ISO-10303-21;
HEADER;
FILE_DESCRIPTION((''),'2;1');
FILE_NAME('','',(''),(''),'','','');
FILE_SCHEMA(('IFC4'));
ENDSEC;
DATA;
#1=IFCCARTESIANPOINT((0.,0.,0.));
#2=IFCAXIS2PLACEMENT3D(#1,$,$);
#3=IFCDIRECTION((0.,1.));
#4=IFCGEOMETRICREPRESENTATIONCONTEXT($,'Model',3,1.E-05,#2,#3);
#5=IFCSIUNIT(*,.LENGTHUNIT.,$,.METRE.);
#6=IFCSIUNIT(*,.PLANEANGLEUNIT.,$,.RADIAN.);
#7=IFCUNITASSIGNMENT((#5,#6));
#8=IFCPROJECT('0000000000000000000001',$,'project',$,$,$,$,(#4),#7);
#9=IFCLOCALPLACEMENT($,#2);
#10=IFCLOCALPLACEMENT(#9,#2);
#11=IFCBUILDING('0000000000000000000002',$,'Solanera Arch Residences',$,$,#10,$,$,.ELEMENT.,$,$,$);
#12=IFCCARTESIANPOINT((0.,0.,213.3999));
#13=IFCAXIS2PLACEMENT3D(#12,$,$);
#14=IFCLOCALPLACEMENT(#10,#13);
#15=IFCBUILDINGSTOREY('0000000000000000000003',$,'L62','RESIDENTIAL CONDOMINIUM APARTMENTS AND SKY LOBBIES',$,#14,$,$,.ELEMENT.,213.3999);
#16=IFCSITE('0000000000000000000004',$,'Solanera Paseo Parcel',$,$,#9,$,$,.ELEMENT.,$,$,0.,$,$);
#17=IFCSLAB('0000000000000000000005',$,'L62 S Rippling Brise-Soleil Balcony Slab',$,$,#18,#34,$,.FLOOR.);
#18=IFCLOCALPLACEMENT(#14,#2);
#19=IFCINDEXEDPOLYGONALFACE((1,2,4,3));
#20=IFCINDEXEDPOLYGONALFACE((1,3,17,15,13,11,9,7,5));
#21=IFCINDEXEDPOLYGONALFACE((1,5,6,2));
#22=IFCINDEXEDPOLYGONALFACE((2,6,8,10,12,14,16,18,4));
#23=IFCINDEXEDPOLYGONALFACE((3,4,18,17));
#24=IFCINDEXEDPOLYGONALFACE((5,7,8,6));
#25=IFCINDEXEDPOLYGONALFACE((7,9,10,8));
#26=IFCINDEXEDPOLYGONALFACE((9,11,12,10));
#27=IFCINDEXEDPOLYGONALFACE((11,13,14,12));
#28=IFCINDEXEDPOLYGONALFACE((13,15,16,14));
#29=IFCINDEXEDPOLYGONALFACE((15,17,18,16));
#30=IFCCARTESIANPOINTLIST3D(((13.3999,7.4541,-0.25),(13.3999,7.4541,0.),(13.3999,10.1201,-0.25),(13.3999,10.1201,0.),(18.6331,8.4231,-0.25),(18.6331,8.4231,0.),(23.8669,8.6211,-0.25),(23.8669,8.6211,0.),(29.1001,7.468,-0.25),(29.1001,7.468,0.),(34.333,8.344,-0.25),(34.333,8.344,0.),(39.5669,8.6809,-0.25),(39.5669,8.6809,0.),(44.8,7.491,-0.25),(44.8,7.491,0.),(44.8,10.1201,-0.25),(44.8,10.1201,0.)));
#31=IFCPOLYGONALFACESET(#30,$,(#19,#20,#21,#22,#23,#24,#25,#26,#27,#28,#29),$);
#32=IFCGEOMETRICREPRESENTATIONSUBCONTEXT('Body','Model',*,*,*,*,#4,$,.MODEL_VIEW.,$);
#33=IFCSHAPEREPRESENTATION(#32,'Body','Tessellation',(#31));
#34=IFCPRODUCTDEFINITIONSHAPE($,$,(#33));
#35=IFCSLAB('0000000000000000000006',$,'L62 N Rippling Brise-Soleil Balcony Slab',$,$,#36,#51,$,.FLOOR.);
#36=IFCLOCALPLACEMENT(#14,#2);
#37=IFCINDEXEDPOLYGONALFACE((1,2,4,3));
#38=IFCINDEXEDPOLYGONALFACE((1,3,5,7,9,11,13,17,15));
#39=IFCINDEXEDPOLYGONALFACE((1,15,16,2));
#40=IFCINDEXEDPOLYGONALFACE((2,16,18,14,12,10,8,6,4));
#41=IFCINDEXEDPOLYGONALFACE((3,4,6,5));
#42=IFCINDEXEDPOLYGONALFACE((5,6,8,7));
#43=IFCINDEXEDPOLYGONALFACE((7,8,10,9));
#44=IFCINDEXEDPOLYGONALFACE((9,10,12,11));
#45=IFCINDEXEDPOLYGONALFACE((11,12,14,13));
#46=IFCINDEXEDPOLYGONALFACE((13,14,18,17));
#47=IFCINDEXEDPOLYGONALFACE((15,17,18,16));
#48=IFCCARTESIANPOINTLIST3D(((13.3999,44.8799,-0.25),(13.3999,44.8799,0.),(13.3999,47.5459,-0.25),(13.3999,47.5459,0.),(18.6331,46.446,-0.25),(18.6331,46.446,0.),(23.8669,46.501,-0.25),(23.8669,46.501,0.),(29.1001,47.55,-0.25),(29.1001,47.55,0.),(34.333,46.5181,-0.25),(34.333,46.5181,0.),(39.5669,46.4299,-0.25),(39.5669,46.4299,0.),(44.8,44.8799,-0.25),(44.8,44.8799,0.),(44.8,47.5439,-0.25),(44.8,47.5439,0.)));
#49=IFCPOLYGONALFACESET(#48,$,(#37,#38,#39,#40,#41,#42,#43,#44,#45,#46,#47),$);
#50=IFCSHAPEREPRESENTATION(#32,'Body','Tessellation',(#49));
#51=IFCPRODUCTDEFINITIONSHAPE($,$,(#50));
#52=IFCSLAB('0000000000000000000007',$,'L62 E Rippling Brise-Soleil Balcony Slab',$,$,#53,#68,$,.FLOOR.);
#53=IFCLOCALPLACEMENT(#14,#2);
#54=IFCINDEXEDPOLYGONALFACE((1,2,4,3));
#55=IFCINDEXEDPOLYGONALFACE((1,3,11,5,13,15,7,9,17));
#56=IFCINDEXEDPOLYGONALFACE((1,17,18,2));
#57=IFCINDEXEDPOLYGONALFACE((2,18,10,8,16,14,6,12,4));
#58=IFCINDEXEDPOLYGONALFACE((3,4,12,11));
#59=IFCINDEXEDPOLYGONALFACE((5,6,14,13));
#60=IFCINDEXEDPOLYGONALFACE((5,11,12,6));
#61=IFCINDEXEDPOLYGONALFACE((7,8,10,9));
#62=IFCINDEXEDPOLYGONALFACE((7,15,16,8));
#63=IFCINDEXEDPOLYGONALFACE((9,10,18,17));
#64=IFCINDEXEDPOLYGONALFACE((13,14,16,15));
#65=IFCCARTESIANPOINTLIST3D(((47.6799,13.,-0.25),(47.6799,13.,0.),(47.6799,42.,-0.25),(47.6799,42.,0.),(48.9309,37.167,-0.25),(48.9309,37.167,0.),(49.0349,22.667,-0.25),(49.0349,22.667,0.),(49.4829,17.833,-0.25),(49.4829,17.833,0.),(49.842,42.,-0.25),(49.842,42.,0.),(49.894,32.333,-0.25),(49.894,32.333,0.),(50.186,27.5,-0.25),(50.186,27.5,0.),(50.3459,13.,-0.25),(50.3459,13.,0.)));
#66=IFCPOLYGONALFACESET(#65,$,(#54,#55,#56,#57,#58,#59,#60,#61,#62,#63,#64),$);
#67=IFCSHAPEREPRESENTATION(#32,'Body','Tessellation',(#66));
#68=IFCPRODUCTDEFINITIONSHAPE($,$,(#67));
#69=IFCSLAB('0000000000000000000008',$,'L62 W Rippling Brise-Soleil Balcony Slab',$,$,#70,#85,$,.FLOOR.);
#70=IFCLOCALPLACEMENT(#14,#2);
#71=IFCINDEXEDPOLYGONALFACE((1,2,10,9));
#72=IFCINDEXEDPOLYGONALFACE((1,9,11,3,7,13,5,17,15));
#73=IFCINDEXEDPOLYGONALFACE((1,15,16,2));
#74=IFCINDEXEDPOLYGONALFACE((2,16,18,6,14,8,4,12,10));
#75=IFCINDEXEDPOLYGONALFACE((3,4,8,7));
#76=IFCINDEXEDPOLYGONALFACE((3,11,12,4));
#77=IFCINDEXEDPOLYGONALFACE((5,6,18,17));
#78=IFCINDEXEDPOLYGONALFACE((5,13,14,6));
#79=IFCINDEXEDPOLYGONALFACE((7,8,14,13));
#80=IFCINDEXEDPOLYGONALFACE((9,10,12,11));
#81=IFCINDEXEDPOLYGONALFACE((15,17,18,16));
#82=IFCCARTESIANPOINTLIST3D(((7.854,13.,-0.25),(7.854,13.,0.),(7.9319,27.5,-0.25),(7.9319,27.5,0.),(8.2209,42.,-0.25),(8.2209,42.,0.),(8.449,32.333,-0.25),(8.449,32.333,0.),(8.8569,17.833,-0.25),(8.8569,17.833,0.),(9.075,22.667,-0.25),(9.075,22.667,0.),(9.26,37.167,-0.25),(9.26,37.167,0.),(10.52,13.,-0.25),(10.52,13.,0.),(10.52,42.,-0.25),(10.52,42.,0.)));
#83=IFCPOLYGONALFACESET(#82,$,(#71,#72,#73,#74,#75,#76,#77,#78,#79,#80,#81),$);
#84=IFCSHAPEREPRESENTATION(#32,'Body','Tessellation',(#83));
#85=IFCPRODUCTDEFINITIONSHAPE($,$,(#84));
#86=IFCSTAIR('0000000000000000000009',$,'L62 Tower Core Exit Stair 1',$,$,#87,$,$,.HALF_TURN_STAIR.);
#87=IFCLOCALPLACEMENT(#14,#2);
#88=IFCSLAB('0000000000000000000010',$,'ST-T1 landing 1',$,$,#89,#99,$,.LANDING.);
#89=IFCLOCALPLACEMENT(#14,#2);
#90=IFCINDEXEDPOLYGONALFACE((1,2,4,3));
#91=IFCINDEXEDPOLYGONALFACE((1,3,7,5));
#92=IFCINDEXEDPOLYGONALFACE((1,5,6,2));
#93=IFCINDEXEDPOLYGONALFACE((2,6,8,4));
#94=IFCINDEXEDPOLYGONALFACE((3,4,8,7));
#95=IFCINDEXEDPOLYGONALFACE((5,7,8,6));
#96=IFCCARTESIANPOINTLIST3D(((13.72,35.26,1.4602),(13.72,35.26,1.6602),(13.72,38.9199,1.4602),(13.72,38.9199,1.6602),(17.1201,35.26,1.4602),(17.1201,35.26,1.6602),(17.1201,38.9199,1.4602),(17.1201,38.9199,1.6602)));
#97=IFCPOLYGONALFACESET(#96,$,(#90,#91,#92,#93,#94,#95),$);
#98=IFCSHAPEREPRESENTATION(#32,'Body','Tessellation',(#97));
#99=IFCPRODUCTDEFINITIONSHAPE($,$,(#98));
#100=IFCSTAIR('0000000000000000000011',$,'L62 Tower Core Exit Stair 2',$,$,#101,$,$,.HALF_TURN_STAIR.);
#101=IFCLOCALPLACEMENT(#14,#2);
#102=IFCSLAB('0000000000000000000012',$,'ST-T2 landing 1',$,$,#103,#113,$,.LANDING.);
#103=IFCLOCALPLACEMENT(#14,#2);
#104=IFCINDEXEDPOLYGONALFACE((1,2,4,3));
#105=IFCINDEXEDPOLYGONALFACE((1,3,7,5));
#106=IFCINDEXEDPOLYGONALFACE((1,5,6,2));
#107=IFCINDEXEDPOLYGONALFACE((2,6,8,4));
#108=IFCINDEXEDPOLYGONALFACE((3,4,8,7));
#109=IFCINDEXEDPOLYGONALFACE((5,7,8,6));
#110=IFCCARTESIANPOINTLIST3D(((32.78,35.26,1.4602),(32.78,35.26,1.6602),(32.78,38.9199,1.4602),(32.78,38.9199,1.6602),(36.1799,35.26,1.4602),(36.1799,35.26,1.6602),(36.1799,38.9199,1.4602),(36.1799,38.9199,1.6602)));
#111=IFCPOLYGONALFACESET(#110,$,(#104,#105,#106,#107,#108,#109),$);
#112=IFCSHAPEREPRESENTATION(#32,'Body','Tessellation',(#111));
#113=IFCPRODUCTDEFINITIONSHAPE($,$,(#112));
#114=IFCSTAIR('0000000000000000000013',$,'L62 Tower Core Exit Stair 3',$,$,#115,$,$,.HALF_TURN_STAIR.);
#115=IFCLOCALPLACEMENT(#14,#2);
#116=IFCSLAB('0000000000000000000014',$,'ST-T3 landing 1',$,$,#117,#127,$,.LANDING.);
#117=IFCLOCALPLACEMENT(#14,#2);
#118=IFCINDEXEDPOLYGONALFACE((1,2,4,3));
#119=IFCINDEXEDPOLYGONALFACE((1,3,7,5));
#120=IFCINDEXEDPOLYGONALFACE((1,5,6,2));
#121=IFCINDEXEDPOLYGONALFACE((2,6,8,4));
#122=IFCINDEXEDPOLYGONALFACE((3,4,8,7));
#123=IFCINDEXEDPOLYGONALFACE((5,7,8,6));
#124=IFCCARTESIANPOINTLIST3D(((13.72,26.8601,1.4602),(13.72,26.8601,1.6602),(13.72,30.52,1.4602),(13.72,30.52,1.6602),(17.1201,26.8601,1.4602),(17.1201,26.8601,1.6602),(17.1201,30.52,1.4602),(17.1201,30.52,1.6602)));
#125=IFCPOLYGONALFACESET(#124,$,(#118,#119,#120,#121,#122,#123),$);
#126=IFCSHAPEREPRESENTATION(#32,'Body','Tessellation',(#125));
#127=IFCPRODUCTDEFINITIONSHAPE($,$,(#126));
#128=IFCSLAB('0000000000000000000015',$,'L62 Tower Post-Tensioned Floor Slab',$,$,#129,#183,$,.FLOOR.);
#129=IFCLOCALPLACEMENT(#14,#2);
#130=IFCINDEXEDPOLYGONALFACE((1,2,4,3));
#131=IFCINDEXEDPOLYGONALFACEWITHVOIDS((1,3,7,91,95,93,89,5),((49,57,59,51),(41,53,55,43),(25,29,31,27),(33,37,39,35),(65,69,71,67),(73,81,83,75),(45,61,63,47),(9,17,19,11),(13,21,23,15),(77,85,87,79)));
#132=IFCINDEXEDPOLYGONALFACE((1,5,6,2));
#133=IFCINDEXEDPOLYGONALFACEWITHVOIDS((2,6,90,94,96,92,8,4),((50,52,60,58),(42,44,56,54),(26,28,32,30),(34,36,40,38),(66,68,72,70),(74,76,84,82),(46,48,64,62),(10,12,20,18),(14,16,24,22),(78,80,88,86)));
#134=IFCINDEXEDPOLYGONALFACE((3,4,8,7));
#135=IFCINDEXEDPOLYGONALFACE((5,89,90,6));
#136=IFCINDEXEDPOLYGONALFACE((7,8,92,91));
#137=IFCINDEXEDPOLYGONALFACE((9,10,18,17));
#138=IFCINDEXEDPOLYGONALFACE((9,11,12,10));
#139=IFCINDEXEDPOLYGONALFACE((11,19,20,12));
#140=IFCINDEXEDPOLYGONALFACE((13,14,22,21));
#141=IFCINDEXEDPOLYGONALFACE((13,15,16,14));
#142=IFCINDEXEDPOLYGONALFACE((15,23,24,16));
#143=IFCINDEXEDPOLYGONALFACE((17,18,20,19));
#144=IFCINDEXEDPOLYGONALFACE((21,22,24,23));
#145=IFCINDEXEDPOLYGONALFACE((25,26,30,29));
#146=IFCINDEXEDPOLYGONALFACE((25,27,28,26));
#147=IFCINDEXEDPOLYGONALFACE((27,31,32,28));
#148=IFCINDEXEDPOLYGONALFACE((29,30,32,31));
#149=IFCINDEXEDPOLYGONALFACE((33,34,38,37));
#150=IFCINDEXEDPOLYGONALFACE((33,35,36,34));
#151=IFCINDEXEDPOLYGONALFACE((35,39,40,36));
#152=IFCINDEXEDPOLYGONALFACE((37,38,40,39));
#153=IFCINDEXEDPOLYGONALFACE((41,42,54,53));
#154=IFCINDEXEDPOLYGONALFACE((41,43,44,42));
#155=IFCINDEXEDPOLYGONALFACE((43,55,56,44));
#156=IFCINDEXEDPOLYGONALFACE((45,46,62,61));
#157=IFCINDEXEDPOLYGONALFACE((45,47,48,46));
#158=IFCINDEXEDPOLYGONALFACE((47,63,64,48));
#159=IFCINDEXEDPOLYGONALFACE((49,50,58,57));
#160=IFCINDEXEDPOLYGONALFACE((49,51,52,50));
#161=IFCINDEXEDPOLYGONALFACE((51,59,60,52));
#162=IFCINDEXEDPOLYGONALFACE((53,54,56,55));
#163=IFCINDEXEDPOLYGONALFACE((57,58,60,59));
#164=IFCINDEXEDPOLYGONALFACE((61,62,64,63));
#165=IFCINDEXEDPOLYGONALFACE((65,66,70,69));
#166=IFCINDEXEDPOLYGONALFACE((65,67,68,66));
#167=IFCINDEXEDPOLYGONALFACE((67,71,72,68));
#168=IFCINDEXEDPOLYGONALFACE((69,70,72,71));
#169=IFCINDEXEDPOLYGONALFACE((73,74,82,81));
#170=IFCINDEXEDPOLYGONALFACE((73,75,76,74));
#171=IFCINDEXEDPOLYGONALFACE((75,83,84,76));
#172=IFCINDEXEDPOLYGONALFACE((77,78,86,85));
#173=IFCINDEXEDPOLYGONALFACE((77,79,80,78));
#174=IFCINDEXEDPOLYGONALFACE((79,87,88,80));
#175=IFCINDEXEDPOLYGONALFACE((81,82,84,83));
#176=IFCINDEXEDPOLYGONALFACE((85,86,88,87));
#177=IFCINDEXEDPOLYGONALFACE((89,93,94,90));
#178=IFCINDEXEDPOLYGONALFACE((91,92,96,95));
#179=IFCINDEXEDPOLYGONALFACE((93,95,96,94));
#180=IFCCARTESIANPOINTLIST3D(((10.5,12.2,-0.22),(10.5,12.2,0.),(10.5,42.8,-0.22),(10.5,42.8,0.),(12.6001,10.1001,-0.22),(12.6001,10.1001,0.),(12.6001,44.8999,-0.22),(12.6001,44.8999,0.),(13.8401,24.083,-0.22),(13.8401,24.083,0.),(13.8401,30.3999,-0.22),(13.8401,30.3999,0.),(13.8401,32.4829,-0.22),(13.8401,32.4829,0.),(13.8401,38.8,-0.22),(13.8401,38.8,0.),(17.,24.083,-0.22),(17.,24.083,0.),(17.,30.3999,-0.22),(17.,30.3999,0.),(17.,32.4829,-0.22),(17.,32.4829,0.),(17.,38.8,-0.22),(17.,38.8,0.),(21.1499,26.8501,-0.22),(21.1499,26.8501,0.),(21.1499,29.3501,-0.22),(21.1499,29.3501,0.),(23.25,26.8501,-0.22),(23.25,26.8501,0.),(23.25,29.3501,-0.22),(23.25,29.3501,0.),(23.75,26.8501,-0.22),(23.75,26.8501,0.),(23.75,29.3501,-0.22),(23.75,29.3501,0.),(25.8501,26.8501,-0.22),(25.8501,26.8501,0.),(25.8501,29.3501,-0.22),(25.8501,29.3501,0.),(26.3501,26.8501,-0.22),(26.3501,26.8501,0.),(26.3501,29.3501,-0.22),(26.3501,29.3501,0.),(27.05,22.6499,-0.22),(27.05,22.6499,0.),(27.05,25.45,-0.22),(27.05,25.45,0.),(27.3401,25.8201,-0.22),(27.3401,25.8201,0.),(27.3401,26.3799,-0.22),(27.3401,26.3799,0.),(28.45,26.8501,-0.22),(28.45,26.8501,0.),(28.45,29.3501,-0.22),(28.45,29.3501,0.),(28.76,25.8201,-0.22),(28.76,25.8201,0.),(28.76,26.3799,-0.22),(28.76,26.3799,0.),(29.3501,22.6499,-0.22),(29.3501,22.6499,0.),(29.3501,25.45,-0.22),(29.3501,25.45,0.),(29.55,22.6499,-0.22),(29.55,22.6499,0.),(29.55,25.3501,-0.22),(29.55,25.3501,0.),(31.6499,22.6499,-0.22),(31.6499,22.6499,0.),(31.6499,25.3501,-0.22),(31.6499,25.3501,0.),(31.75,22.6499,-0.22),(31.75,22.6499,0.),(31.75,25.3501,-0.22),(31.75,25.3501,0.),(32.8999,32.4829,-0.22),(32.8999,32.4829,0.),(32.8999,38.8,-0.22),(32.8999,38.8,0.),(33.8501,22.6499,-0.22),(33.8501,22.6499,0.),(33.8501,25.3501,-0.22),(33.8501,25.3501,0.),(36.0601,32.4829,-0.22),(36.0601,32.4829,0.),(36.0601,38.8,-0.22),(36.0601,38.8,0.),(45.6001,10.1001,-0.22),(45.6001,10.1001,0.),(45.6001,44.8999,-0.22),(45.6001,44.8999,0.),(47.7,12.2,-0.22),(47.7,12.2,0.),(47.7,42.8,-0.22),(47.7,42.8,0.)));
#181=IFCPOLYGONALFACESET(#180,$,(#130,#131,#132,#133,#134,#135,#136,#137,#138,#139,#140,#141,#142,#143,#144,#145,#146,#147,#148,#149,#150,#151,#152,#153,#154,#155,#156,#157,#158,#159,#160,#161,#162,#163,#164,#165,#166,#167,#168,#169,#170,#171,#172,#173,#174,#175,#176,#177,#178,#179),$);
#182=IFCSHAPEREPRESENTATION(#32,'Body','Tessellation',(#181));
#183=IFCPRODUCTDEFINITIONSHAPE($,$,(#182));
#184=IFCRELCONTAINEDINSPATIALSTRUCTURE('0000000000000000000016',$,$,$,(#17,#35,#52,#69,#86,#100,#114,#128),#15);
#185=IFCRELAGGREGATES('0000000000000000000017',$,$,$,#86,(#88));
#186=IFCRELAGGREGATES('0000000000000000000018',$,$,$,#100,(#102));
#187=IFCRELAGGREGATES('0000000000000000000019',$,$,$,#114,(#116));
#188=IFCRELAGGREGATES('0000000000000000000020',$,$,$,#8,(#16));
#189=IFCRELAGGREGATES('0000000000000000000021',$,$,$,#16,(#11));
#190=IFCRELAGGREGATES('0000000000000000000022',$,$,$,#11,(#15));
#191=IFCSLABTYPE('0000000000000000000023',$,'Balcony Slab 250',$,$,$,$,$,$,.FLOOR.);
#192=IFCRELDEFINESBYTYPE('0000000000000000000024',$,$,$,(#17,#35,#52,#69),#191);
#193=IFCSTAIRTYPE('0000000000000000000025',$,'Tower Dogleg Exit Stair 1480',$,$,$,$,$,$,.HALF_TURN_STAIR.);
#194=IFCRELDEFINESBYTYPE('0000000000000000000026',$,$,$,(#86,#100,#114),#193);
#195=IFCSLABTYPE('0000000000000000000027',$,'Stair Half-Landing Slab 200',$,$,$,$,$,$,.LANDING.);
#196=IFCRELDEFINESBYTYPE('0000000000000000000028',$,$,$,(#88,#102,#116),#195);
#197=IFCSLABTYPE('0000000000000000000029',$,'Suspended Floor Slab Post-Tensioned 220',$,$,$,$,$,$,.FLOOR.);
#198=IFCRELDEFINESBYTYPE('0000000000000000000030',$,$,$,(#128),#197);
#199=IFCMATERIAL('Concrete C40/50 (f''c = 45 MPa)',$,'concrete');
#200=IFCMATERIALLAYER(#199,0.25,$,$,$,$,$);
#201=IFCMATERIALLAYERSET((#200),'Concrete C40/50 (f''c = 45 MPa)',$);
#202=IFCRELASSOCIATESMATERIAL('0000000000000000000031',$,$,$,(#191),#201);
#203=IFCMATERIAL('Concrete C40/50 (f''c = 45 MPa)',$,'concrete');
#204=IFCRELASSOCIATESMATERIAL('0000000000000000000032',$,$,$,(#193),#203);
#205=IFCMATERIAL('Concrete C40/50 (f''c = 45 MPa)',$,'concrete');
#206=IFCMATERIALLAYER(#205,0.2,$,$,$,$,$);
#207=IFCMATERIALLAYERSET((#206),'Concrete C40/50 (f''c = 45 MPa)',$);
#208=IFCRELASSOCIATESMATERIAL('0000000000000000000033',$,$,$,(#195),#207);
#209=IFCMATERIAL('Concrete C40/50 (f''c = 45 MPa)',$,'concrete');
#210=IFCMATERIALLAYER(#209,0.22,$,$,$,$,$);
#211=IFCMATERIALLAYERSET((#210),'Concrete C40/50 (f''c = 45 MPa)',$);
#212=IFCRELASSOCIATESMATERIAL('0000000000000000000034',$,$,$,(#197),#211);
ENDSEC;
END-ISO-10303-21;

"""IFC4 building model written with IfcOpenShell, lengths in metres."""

from ifc_helpers import new_model, si_unit, direction, frame, origin, place, context, subcontext, project, spatial, polyline, outline, extrude, material, layer, layer_set, type_object, element, aggregate, save


model = new_model("IFC4")

# Units and contexts
model_context = context("Model", 3, precision=1e-05, world=origin(), true_north=direction((0.0, 1.0)))
body_context = subcontext(model_context, "Body", "Model", "MODEL_VIEW")
ifc_project = project(units=[si_unit("LENGTHUNIT", "METRE"), si_unit("PLANEANGLEUNIT", "RADIAN")], contexts=[model_context])

# Site, building, storey
site_placement = place(None, origin())
site = spatial("IfcSite", under=ifc_project, at=site_placement, Name="Solanera Paseo Parcel", CompositionType="ELEMENT", RefElevation=0.0)
building_placement = place(site_placement, origin())
building = spatial("IfcBuilding", under=site, at=building_placement, Name="Solanera Arch Residences", CompositionType="ELEMENT")
storey_placement = place(building_placement, frame((0.0, 0.0, 213.3999)))
storey = spatial("IfcBuildingStorey", under=building, at=storey_placement, Name="L62", Description="RESIDENTIAL CONDOMINIUM APARTMENTS AND SKY LOBBIES", CompositionType="ELEMENT", Elevation=213.3999)

# Slabs
ifc_material_1 = material(Name="Concrete C40/50 (f'c = 45 MPa)", Category="concrete")
ifc_layer_1 = layer(ifc_material_1, 0.25)
ifc_layer_set_1 = layer_set([ifc_layer_1], Name="Concrete C40/50 (f'c = 45 MPa)")
slab_type_1 = type_object("IfcSlabType", Name="Balcony Slab 250", PredefinedType="FLOOR", material=ifc_layer_set_1)
slab_1_placement = place(storey_placement, frame((0.0, 0.0, -0.25)))
element("IfcSlab", 1, at=slab_1_placement, inside=storey, type_object=slab_type_1, Name="L62 S Rippling Brise-Soleil Balcony Slab", PredefinedType="FLOOR", context=body_context, shape_type="SweptSolid", body=[
    extrude(outline(polyline([(13.3999, 7.4541), (18.6331, 8.4231), (23.8669, 8.6211), (29.1001, 7.468), (34.333, 8.344), (39.5669, 8.6809), (44.8, 7.491), (44.8, 10.1201), (13.3999, 10.1201), (13.3999, 7.4541)])), origin(), (0.0, 0.0, 1.0), 0.25),
])
slab_2_placement = place(storey_placement, frame((0.0, 0.0, -0.25)))
element("IfcSlab", 2, at=slab_2_placement, inside=storey, type_object=slab_type_1, Name="L62 N Rippling Brise-Soleil Balcony Slab", PredefinedType="FLOOR", context=body_context, shape_type="SweptSolid", body=[
    extrude(outline(polyline([(44.8, 47.5439), (39.5669, 46.4299), (34.333, 46.5181), (29.1001, 47.55), (23.8669, 46.501), (18.6331, 46.446), (13.3999, 47.5459), (13.3999, 44.8799), (44.8, 44.8799), (44.8, 47.5439)])), origin(), (0.0, 0.0, 1.0), 0.25),
])
slab_3_placement = place(storey_placement, frame((0.0, 0.0, -0.25)))
element("IfcSlab", 3, at=slab_3_placement, inside=storey, type_object=slab_type_1, Name="L62 E Rippling Brise-Soleil Balcony Slab", PredefinedType="FLOOR", context=body_context, shape_type="SweptSolid", body=[
    extrude(outline(polyline([(50.3459, 13.0), (49.4829, 17.833), (49.0349, 22.667), (50.186, 27.5), (49.894, 32.333), (48.9309, 37.167), (49.842, 42.0), (47.6799, 42.0), (47.6799, 13.0), (50.3459, 13.0)])), origin(), (0.0, 0.0, 1.0), 0.25),
])
slab_4_placement = place(storey_placement, frame((0.0, 0.0, -0.25)))
element("IfcSlab", 4, at=slab_4_placement, inside=storey, type_object=slab_type_1, Name="L62 W Rippling Brise-Soleil Balcony Slab", PredefinedType="FLOOR", context=body_context, shape_type="SweptSolid", body=[
    extrude(outline(polyline([(8.2209, 42.0), (9.26, 37.167), (8.449, 32.333), (7.9319, 27.5), (9.075, 22.667), (8.8569, 17.833), (7.854, 13.0), (10.52, 13.0), (10.52, 42.0), (8.2209, 42.0)])), origin(), (0.0, 0.0, 1.0), 0.25),
])

# Stairs, slabs
ifc_material_2 = material(Name="Concrete C40/50 (f'c = 45 MPa)", Category="concrete")
stair_type = type_object("IfcStairType", Name="Tower Dogleg Exit Stair 1480", PredefinedType="HALF_TURN_STAIR", material=ifc_material_2)
stair_1_placement = place(storey_placement, origin())
stair_1 = element("IfcStair", 5, at=stair_1_placement, inside=storey, type_object=stair_type, Name="L62 Tower Core Exit Stair 1", PredefinedType="HALF_TURN_STAIR")
ifc_material_3 = material(Name="Concrete C40/50 (f'c = 45 MPa)", Category="concrete")
ifc_layer_2 = layer(ifc_material_3, 0.2)
ifc_layer_set_2 = layer_set([ifc_layer_2], Name="Concrete C40/50 (f'c = 45 MPa)")
slab_type_2 = type_object("IfcSlabType", Name="Stair Half-Landing Slab 200", PredefinedType="LANDING", material=ifc_layer_set_2)
slab_5_placement = place(storey_placement, frame((0.0, 0.0, 1.4602)))
slab_5 = element("IfcSlab", 6, at=slab_5_placement, type_object=slab_type_2, Name="ST-T1 landing 1", PredefinedType="LANDING", context=body_context, shape_type="SweptSolid", body=[
    extrude(outline(polyline([(17.1201, 35.26), (17.1201, 38.9199), (13.72, 38.9199), (13.72, 35.26), (17.1201, 35.26)])), origin(), (0.0, 0.0, 1.0), 0.2),
])
aggregate(stair_1, [slab_5])
stair_2_placement = place(storey_placement, origin())
stair_2 = element("IfcStair", 7, at=stair_2_placement, inside=storey, type_object=stair_type, Name="L62 Tower Core Exit Stair 2", PredefinedType="HALF_TURN_STAIR")
slab_6_placement = place(storey_placement, frame((0.0, 0.0, 1.4602)))
slab_6 = element("IfcSlab", 8, at=slab_6_placement, type_object=slab_type_2, Name="ST-T2 landing 1", PredefinedType="LANDING", context=body_context, shape_type="SweptSolid", body=[
    extrude(outline(polyline([(36.1799, 35.26), (36.1799, 38.9199), (32.78, 38.9199), (32.78, 35.26), (36.1799, 35.26)])), origin(), (0.0, 0.0, 1.0), 0.2),
])
aggregate(stair_2, [slab_6])
stair_3_placement = place(storey_placement, origin())
stair_3 = element("IfcStair", 9, at=stair_3_placement, inside=storey, type_object=stair_type, Name="L62 Tower Core Exit Stair 3", PredefinedType="HALF_TURN_STAIR")
slab_7_placement = place(storey_placement, frame((0.0, 0.0, 1.4602)))
slab_7 = element("IfcSlab", 10, at=slab_7_placement, type_object=slab_type_2, Name="ST-T3 landing 1", PredefinedType="LANDING", context=body_context, shape_type="SweptSolid", body=[
    extrude(outline(polyline([(17.1201, 26.8601), (17.1201, 30.52), (13.72, 30.52), (13.72, 26.8601), (17.1201, 26.8601)])), origin(), (0.0, 0.0, 1.0), 0.2),
])
aggregate(stair_3, [slab_7])

# Slab
ifc_material_4 = material(Name="Concrete C40/50 (f'c = 45 MPa)", Category="concrete")
ifc_layer_3 = layer(ifc_material_4, 0.22)
ifc_layer_set_3 = layer_set([ifc_layer_3], Name="Concrete C40/50 (f'c = 45 MPa)")
slab_type_3 = type_object("IfcSlabType", Name="Suspended Floor Slab Post-Tensioned 220", PredefinedType="FLOOR", material=ifc_layer_set_3)
slab_8_placement = place(storey_placement, frame((0.0, 0.0, -0.22)))
element("IfcSlab", 11, at=slab_8_placement, inside=storey, type_object=slab_type_3, Name="L62 Tower Post-Tensioned Floor Slab", PredefinedType="FLOOR", context=body_context, shape_type="SweptSolid", body=[
    extrude(outline(polyline([(12.6001, 10.1001), (45.6001, 10.1001), (47.7, 12.2), (47.7, 42.8), (45.6001, 44.8999), (12.6001, 44.8999), (10.5, 42.8), (10.5, 12.2), (12.6001, 10.1001)]), holes=[polyline([(13.8401, 32.4829), (13.8401, 38.8), (17.0, 38.8), (17.0, 32.4829), (13.8401, 32.4829)]), polyline([(32.8999, 32.4829), (32.8999, 38.8), (36.0601, 38.8), (36.0601, 32.4829), (32.8999, 32.4829)]), polyline([(13.8401, 24.083), (13.8401, 30.3999), (17.0, 30.3999), (17.0, 24.083), (13.8401, 24.083)]), polyline([(21.1499, 29.3501), (23.25, 29.3501), (23.25, 26.8501), (21.1499, 26.8501), (21.1499, 29.3501)]), polyline([(23.75, 29.3501), (25.8501, 29.3501), (25.8501, 26.8501), (23.75, 26.8501), (23.75, 29.3501)]), polyline([(26.3501, 29.3501), (28.45, 29.3501), (28.45, 26.8501), (26.3501, 26.8501), (26.3501, 29.3501)]), polyline([(29.55, 25.3501), (31.6499, 25.3501), (31.6499, 22.6499), (29.55, 22.6499), (29.55, 25.3501)]), polyline([(31.75, 25.3501), (33.8501, 25.3501), (33.8501, 22.6499), (31.75, 22.6499), (31.75, 25.3501)]), polyline([(27.05, 25.45), (29.3501, 25.45), (29.3501, 22.6499), (27.05, 22.6499), (27.05, 25.45)]), polyline([(27.3401, 26.3799), (28.76, 26.3799), (28.76, 25.8201), (27.3401, 25.8201), (27.3401, 26.3799)])]), origin(), (0.0, 0.0, 1.0), 0.22),
])

save(model, "model.ifc")
